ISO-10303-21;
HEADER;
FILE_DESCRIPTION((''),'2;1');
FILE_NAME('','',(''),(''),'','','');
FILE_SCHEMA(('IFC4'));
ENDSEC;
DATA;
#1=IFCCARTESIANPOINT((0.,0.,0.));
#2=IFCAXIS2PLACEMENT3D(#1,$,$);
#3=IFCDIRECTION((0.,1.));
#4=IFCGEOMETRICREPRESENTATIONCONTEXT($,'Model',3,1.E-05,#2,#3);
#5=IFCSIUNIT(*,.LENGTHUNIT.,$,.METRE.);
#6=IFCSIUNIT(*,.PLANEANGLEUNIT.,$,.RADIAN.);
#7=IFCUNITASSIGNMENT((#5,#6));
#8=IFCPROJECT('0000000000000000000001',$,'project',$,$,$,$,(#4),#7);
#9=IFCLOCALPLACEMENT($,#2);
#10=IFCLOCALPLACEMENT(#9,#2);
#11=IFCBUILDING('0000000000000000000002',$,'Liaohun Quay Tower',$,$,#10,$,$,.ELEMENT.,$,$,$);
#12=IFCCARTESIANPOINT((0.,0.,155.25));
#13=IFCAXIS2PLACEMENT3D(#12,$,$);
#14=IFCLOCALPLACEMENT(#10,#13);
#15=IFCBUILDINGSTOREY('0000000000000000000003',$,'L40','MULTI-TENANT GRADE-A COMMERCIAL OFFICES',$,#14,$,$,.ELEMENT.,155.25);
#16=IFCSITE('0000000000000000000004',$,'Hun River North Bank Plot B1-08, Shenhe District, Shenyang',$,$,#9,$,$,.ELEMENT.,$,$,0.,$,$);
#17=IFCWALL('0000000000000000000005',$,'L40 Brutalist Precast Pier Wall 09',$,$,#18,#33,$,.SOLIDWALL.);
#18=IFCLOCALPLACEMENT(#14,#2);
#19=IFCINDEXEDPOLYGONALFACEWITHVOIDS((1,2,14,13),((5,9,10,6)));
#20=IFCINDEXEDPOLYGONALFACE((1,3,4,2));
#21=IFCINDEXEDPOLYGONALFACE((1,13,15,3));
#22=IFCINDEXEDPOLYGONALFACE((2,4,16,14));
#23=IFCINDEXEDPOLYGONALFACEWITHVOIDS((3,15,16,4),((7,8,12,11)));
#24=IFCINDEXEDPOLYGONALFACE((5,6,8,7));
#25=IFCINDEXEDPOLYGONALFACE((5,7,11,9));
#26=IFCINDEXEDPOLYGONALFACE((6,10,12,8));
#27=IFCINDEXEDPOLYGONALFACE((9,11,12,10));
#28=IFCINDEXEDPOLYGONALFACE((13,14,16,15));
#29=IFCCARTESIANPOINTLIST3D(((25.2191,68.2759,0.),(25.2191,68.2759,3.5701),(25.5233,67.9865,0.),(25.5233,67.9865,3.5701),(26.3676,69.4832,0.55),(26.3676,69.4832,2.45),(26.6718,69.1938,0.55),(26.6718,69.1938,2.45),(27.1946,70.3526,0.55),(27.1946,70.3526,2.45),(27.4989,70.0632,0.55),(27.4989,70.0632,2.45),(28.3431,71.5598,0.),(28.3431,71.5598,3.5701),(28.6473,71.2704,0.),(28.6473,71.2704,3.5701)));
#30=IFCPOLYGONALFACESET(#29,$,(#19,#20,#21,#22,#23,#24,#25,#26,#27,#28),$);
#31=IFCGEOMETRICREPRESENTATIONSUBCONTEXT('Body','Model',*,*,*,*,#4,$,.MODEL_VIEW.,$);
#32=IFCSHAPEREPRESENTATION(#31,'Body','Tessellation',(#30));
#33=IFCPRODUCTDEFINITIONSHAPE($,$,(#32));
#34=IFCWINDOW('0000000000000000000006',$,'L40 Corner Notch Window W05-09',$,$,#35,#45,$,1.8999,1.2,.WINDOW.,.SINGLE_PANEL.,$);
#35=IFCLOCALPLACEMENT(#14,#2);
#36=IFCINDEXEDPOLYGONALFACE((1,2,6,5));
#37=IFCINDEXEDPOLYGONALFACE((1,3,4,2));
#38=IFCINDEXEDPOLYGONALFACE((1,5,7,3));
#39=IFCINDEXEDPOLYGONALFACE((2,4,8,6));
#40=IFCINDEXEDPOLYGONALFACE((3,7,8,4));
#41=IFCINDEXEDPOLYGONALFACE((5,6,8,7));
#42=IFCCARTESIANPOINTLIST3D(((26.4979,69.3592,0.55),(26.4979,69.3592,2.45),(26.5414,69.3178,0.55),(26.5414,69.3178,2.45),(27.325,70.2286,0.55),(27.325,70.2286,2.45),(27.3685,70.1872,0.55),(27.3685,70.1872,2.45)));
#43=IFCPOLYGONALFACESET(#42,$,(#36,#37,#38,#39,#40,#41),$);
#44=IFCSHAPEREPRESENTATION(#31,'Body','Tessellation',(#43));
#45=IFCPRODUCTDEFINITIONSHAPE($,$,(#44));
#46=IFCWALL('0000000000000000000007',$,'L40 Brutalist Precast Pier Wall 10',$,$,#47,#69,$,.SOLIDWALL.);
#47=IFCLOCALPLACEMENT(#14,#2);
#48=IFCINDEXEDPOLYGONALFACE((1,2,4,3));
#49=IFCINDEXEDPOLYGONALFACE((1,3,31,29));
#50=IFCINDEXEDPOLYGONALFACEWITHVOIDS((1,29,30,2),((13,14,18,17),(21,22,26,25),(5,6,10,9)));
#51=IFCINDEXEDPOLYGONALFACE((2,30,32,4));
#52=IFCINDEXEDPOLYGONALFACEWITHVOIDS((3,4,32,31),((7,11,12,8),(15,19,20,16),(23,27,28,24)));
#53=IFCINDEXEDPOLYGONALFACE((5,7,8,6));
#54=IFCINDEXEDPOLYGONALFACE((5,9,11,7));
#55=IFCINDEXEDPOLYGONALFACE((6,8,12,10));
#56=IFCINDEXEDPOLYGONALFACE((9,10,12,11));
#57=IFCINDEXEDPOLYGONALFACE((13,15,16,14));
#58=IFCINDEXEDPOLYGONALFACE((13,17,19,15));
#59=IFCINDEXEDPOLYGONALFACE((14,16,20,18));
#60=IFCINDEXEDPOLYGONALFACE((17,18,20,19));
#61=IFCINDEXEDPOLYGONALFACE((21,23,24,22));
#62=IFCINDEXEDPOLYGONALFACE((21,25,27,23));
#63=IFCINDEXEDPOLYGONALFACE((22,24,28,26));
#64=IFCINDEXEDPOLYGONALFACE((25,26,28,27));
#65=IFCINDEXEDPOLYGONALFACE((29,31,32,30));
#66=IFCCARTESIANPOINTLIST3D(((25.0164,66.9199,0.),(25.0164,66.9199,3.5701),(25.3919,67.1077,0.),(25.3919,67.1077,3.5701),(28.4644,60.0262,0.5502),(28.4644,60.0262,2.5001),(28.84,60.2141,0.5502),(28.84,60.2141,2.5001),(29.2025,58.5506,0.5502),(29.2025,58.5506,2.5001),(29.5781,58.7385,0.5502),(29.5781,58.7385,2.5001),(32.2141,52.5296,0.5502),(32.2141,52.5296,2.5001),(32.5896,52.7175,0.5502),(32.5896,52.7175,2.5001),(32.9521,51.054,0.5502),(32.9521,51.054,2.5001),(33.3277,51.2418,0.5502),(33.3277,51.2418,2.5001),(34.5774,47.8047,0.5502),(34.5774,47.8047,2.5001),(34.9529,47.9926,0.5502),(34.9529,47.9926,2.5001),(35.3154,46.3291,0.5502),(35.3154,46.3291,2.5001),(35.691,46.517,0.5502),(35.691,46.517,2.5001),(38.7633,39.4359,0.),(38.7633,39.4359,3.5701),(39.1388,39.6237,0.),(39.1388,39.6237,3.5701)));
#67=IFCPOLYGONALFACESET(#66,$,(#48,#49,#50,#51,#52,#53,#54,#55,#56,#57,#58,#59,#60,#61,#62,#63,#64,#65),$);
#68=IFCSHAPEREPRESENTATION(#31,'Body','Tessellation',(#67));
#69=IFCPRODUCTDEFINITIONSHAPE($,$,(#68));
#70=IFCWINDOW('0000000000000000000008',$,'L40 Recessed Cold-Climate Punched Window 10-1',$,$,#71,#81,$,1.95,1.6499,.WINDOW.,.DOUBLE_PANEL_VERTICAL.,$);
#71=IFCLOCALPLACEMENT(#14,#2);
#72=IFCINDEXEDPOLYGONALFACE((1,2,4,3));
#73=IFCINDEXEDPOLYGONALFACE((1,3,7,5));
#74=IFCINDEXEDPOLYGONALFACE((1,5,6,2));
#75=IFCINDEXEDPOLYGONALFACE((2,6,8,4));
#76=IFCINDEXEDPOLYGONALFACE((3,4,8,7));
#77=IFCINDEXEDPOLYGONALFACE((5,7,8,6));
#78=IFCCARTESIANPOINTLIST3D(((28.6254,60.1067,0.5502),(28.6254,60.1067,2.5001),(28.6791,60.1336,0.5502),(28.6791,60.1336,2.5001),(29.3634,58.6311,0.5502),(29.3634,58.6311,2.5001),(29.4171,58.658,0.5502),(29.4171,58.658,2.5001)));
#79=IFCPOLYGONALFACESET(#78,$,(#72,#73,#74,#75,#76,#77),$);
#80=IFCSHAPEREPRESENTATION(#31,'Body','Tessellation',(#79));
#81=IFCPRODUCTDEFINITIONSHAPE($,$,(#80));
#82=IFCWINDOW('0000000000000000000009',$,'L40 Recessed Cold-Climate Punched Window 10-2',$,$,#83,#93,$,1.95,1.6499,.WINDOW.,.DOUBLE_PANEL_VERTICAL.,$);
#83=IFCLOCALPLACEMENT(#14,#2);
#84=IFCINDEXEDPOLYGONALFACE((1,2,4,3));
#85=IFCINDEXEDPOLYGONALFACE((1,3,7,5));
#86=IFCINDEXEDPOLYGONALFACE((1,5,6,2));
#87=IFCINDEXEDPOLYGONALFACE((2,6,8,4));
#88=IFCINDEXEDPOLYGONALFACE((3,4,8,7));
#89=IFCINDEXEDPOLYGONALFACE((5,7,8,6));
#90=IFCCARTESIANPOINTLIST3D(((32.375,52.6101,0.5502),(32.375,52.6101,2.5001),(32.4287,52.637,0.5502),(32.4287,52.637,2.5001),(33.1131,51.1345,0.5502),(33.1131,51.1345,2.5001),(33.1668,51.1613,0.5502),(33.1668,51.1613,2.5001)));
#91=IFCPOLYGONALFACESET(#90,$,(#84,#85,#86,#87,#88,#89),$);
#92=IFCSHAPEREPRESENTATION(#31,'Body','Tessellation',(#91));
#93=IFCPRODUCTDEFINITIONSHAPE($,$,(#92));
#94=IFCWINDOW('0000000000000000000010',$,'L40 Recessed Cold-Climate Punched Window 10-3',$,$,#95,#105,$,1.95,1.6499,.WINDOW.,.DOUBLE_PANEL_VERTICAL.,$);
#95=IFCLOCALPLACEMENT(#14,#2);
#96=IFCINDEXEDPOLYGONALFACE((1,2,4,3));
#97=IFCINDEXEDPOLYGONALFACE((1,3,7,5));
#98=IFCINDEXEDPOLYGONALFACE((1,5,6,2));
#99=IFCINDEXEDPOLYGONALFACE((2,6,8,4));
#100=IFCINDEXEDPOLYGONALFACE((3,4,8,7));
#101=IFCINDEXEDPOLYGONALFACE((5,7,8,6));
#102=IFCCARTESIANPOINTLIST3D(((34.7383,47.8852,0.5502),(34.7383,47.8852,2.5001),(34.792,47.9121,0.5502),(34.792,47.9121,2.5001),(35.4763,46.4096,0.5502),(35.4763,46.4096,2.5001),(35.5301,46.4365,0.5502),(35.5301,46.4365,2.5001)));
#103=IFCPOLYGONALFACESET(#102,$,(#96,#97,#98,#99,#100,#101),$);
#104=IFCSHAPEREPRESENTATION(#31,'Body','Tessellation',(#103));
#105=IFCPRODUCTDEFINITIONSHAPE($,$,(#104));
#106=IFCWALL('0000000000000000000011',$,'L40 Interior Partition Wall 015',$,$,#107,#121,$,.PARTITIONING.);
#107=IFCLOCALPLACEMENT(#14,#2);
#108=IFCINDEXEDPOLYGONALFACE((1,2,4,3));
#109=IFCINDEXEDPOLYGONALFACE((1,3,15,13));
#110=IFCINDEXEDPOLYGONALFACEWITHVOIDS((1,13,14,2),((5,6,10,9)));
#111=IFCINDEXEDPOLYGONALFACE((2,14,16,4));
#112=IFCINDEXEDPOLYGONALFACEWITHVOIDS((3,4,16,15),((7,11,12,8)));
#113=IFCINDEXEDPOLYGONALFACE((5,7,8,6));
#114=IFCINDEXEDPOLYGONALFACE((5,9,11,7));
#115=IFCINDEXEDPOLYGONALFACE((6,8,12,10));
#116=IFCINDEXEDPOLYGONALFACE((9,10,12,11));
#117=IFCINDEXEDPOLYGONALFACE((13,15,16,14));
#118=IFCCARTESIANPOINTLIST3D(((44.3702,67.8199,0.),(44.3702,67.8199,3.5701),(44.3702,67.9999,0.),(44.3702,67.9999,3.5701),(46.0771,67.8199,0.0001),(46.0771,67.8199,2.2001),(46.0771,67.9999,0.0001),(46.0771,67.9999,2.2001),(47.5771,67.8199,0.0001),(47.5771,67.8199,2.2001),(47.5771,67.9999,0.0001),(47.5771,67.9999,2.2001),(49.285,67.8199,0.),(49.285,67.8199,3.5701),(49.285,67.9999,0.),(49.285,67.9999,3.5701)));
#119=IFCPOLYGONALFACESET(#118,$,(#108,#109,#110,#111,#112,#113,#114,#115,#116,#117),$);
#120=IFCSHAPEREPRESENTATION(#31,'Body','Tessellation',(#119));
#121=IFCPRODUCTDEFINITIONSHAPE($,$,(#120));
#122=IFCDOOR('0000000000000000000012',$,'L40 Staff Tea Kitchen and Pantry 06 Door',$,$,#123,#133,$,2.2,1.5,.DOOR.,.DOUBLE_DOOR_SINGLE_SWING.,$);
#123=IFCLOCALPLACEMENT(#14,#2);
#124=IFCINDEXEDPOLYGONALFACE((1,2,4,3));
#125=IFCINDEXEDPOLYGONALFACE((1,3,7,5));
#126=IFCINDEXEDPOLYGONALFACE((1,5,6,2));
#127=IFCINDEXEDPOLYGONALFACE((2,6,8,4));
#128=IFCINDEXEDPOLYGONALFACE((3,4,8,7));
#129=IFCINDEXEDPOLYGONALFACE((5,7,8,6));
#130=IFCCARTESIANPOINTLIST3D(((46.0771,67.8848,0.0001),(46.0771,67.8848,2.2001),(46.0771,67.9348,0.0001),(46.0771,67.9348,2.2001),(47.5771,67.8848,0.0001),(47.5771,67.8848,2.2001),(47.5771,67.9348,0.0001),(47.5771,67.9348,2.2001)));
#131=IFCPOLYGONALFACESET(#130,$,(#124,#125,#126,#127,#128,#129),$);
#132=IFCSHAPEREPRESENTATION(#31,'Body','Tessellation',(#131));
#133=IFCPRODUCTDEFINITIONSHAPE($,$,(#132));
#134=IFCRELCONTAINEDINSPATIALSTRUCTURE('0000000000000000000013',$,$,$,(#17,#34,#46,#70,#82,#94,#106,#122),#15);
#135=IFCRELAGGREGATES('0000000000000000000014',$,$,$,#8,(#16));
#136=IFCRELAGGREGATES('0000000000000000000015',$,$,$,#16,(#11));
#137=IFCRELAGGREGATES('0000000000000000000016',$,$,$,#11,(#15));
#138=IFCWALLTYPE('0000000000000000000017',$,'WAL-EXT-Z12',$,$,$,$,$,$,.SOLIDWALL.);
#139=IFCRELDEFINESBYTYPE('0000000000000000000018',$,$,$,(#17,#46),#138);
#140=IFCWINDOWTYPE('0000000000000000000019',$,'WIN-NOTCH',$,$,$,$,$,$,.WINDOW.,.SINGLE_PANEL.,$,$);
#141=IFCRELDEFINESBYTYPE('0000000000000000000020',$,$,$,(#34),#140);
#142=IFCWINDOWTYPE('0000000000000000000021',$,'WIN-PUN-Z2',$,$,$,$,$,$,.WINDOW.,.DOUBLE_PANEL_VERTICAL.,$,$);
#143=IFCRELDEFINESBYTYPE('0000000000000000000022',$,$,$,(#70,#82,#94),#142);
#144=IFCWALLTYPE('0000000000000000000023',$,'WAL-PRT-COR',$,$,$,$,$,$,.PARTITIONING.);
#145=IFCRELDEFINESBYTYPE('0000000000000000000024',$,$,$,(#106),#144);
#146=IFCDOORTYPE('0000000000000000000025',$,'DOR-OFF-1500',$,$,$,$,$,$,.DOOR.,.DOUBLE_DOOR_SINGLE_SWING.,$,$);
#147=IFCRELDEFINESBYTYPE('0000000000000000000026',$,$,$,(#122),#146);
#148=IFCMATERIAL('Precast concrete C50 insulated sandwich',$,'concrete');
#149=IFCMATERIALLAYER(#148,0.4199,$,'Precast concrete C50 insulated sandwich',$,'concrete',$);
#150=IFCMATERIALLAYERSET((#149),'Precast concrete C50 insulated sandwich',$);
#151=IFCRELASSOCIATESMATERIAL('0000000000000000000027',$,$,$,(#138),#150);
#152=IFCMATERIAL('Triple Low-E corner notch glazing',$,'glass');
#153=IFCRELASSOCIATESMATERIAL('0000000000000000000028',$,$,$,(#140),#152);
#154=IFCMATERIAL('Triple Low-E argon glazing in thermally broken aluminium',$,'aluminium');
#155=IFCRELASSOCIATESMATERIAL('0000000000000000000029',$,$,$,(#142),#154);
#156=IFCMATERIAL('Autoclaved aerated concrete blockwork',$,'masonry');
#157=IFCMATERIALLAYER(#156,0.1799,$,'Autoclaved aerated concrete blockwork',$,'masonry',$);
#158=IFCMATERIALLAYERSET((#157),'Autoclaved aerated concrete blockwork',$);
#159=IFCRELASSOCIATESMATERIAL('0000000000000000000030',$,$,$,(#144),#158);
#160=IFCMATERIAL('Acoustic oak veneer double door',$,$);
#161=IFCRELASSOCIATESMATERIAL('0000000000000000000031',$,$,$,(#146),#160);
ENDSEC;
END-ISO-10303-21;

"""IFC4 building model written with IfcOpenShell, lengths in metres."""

from ifc_helpers import new_model, si_unit, direction, frame, frame_2d, origin, place, context, subcontext, project, spatial, rectangle, extrude, source, transform, mapped, material, layer, layer_set, type_object, element, fill, save


model = new_model("IFC4")

# Units and contexts
model_context = context("Model", 3, precision=1e-05, world=origin(), true_north=direction((0.0, 1.0)))
body_context = subcontext(model_context, "Body", "Model", "MODEL_VIEW")
ifc_project = project(units=[si_unit("LENGTHUNIT", "METRE"), si_unit("PLANEANGLEUNIT", "RADIAN")], contexts=[model_context])

# Site, building, storey
site_placement = place(None, origin())
site = spatial("IfcSite", under=ifc_project, at=site_placement, Name="Hun River North Bank Plot B1-08, Shenhe District, Shenyang", CompositionType="ELEMENT", RefElevation=0.0)
building_placement = place(site_placement, origin())
building = spatial("IfcBuilding", under=site, at=building_placement, Name="Liaohun Quay Tower", CompositionType="ELEMENT")
storey_placement = place(building_placement, frame((0.0, 0.0, 155.25)))
storey = spatial("IfcBuildingStorey", under=building, at=storey_placement, Name="L40", Description="MULTI-TENANT GRADE-A COMMERCIAL OFFICES", CompositionType="ELEMENT", Elevation=155.25)

# Wall, opening, window
ifc_material_1 = material(Name="Precast concrete C50 insulated sandwich", Category="concrete")
ifc_layer_1 = layer(ifc_material_1, 0.4199, Name="Precast concrete C50 insulated sandwich", Category="concrete")
ifc_layer_set_1 = layer_set([ifc_layer_1], Name="Precast concrete C50 insulated sandwich")
wall_type_1 = type_object("IfcWallType", Name="WAL-EXT-Z12", PredefinedType="SOLIDWALL", material=ifc_layer_set_1)
shared_shape_1 = source(origin(), body_context, "Body", "SweptSolid", [
    extrude(rectangle(XDim=1.2, YDim=1.8999, at=frame_2d((0.6001, 0.95))), frame((0.0, 0.22, 0.0), z_axis=(0.0, -1.0, 0.0), x_axis=(1.0, 0.0, 0.0)), (0.0, 0.0, 1.0), 0.4399),
])
ifc_material_2 = material(Name="Triple Low-E corner notch glazing", Category="glass")
window_type_1 = type_object("IfcWindowType", Name="WIN-NOTCH", PartitioningType="SINGLE_PANEL", PredefinedType="WINDOW", material=ifc_material_2)
shared_shape_2 = source(origin(), body_context, "Body", "SweptSolid", [
    extrude(rectangle(XDim=1.2, YDim=1.8999, at=frame_2d((0.6001, 0.95))), frame((0.0, 0.03, 0.0), z_axis=(0.0, -1.0, 0.0), x_axis=(1.0, 0.0, 0.0)), (0.0, 0.0, 1.0), 0.0601),
])
wall_1_placement = place(storey_placement, frame((28.4951, 71.415, 0.0), z_axis=(0.0, 0.0, 1.0), x_axis=(-0.689246, -0.724527, 0.0)))
wall_1 = element("IfcWall", 1, at=wall_1_placement, inside=storey, type_object=wall_type_1, Name="L40 Brutalist Precast Pier Wall 09", PredefinedType="SOLIDWALL", context=body_context, shape_type="SweptSolid", body=[
    extrude(rectangle(XDim=4.5325, YDim=0.4199, at=frame_2d((2.2661, 0.0))), origin(), (0.0, 0.0, 1.0), 3.5701),
])
opening_1_placement = place(wall_1_placement, frame((1.666, 0.0, 0.55)))
opening_1 = element("IfcOpeningElement", 2, at=opening_1_placement, cuts=wall_1, PredefinedType="OPENING", context=body_context, shape_type="MappedRepresentation", body=[
    mapped(shared_shape_1, transform((0.0, 0.0, 0.0), x_axis=(1.0, 0.0, 0.0), y_axis=(0.0, 1.0, 0.0), z_axis=(0.0, 0.0, 1.0), scale=1.0)),
])
window_1_placement = place(opening_1_placement, origin())
window_1 = element("IfcWindow", 3, at=window_1_placement, inside=storey, type_object=window_type_1, Name="L40 Corner Notch Window W05-09", OverallHeight=1.8999, OverallWidth=1.2, PartitioningType="SINGLE_PANEL", PredefinedType="WINDOW", context=body_context, shape_type="MappedRepresentation", body=[
    mapped(shared_shape_2, transform((0.0, 0.0, 0.0), x_axis=(1.0, 0.0, 0.0), y_axis=(0.0, 1.0, 0.0), z_axis=(0.0, 0.0, 1.0), scale=1.0)),
])
fill(opening_1, window_1)

# Wall, openings, windows
wall_2_placement = place(storey_placement, frame((25.2041, 67.0139, 0.0), z_axis=(0.0, 0.0, 1.0), x_axis=(0.447341, -0.894364, 0.0)))
wall_2 = element("IfcWall", 4, at=wall_2_placement, inside=storey, type_object=wall_type_1, Name="L40 Brutalist Precast Pier Wall 10", PredefinedType="SOLIDWALL", context=body_context, shape_type="SweptSolid", body=[
    extrude(rectangle(XDim=30.7302, YDim=0.4199, at=frame_2d((15.3652, 0.0))), origin(), (0.0, 0.0, 1.0), 3.5701),
])
shared_shape_3 = source(origin(), body_context, "Body", "SweptSolid", [
    extrude(rectangle(XDim=1.6499, YDim=1.95, at=frame_2d((0.825, 0.9751))), frame((0.0, 0.22, 0.0), z_axis=(0.0, -1.0, 0.0), x_axis=(1.0, 0.0, 0.0)), (0.0, 0.0, 1.0), 0.4399),
])
opening_2_placement = place(wall_2_placement, frame((7.708, 0.0, 0.55)))
opening_2 = element("IfcOpeningElement", 5, at=opening_2_placement, cuts=wall_2, PredefinedType="OPENING", context=body_context, shape_type="MappedRepresentation", body=[
    mapped(shared_shape_3, transform((0.0, 0.0, 0.0), x_axis=(1.0, 0.0, 0.0), y_axis=(0.0, 1.0, 0.0), z_axis=(0.0, 0.0, 1.0), scale=1.0)),
])
opening_3_placement = place(wall_2_placement, frame((16.0901, 0.0, 0.55)))
opening_3 = element("IfcOpeningElement", 6, at=opening_3_placement, cuts=wall_2, PredefinedType="OPENING", context=body_context, shape_type="MappedRepresentation", body=[
    mapped(shared_shape_3, transform((0.0, 0.0, 0.0), x_axis=(1.0, 0.0, 0.0), y_axis=(0.0, 1.0, 0.0), z_axis=(0.0, 0.0, 1.0), scale=1.0)),
])
opening_4_placement = place(wall_2_placement, frame((21.373, 0.0, 0.55)))
opening_4 = element("IfcOpeningElement", 7, at=opening_4_placement, cuts=wall_2, PredefinedType="OPENING", context=body_context, shape_type="MappedRepresentation", body=[
    mapped(shared_shape_3, transform((0.0, 0.0, 0.0), x_axis=(1.0, 0.0, 0.0), y_axis=(0.0, 1.0, 0.0), z_axis=(0.0, 0.0, 1.0), scale=1.0)),
])
ifc_material_3 = material(Name="Triple Low-E argon glazing in thermally broken aluminium", Category="aluminium")
window_type_2 = type_object("IfcWindowType", Name="WIN-PUN-Z2", PartitioningType="DOUBLE_PANEL_VERTICAL", PredefinedType="WINDOW", material=ifc_material_3)
shared_shape_4 = source(origin(), body_context, "Body", "SweptSolid", [
    extrude(rectangle(XDim=1.6499, YDim=1.95, at=frame_2d((0.825, 0.9751))), frame((0.0, 0.03, 0.0), z_axis=(0.0, -1.0, 0.0), x_axis=(1.0, 0.0, 0.0)), (0.0, 0.0, 1.0), 0.0601),
])
window_2_placement = place(opening_2_placement, origin())
window_2 = element("IfcWindow", 8, at=window_2_placement, inside=storey, type_object=window_type_2, Name="L40 Recessed Cold-Climate Punched Window 10-1", OverallHeight=1.95, OverallWidth=1.6499, PartitioningType="DOUBLE_PANEL_VERTICAL", PredefinedType="WINDOW", context=body_context, shape_type="MappedRepresentation", body=[
    mapped(shared_shape_4, transform((0.0, 0.0, 0.0), x_axis=(1.0, 0.0, 0.0), y_axis=(0.0, 1.0, 0.0), z_axis=(0.0, 0.0, 1.0), scale=1.0)),
])
fill(opening_2, window_2)
window_3_placement = place(opening_3_placement, origin())
window_3 = element("IfcWindow", 9, at=window_3_placement, inside=storey, type_object=window_type_2, Name="L40 Recessed Cold-Climate Punched Window 10-2", OverallHeight=1.95, OverallWidth=1.6499, PartitioningType="DOUBLE_PANEL_VERTICAL", PredefinedType="WINDOW", context=body_context, shape_type="MappedRepresentation", body=[
    mapped(shared_shape_4, transform((0.0, 0.0, 0.0), x_axis=(1.0, 0.0, 0.0), y_axis=(0.0, 1.0, 0.0), z_axis=(0.0, 0.0, 1.0), scale=1.0)),
])
fill(opening_3, window_3)
window_4_placement = place(opening_4_placement, origin())
window_4 = element("IfcWindow", 10, at=window_4_placement, inside=storey, type_object=window_type_2, Name="L40 Recessed Cold-Climate Punched Window 10-3", OverallHeight=1.95, OverallWidth=1.6499, PartitioningType="DOUBLE_PANEL_VERTICAL", PredefinedType="WINDOW", context=body_context, shape_type="MappedRepresentation", body=[
    mapped(shared_shape_4, transform((0.0, 0.0, 0.0), x_axis=(1.0, 0.0, 0.0), y_axis=(0.0, 1.0, 0.0), z_axis=(0.0, 0.0, 1.0), scale=1.0)),
])
fill(opening_4, window_4)

# Wall, opening, door
ifc_material_4 = material(Name="Autoclaved aerated concrete blockwork", Category="masonry")
ifc_layer_2 = layer(ifc_material_4, 0.1799, Name="Autoclaved aerated concrete blockwork", Category="masonry")
ifc_layer_set_2 = layer_set([ifc_layer_2], Name="Autoclaved aerated concrete blockwork")
wall_type_2 = type_object("IfcWallType", Name="WAL-PRT-COR", PredefinedType="PARTITIONING", material=ifc_layer_set_2)
wall_3_placement = place(storey_placement, frame((44.3701, 67.9099, 0.0), z_axis=(0.0, 0.0, 1.0), x_axis=(1.0, 0.0, 0.0)))
wall_3 = element("IfcWall", 11, at=wall_3_placement, inside=storey, type_object=wall_type_2, Name="L40 Interior Partition Wall 015", PredefinedType="PARTITIONING", context=body_context, shape_type="SweptSolid", body=[
    extrude(rectangle(XDim=4.9148, YDim=0.1799, at=frame_2d((2.4575, 0.0))), origin(), (0.0, 0.0, 1.0), 3.5701),
])
shared_shape_5 = source(origin(), body_context, "Body", "SweptSolid", [
    extrude(rectangle(XDim=1.5, YDim=2.2, at=frame_2d((0.75, 1.1001))), frame((0.0, 0.0999, 0.0), z_axis=(0.0, -1.0, 0.0), x_axis=(1.0, 0.0, 0.0)), (0.0, 0.0, 1.0), 0.2),
])
opening_5_placement = place(wall_3_placement, frame((1.707, 0.0, 0.0)))
opening_5 = element("IfcOpeningElement", 12, at=opening_5_placement, cuts=wall_3, PredefinedType="OPENING", context=body_context, shape_type="MappedRepresentation", body=[
    mapped(shared_shape_5, transform((0.0, 0.0, 0.0), x_axis=(1.0, 0.0, 0.0), y_axis=(0.0, 1.0, 0.0), z_axis=(0.0, 0.0, 1.0), scale=1.0)),
])
ifc_material_5 = material(Name="Acoustic oak veneer double door")
door_type_1 = type_object("IfcDoorType", Name="DOR-OFF-1500", OperationType="DOUBLE_DOOR_SINGLE_SWING", PredefinedType="DOOR", material=ifc_material_5)
shared_shape_6 = source(origin(), body_context, "Body", "SweptSolid", [
    extrude(rectangle(XDim=1.5, YDim=2.2, at=frame_2d((0.75, 1.1001))), frame((0.0, 0.0249, 0.0), z_axis=(0.0, -1.0, 0.0), x_axis=(1.0, 0.0, 0.0)), (0.0, 0.0, 1.0), 0.05),
])
door_1_placement = place(opening_5_placement, origin())
door_1 = element("IfcDoor", 13, at=door_1_placement, inside=storey, type_object=door_type_1, Name="L40 Staff Tea Kitchen and Pantry 06 Door", OperationType="DOUBLE_DOOR_SINGLE_SWING", OverallHeight=2.2, OverallWidth=1.5, PredefinedType="DOOR", context=body_context, shape_type="MappedRepresentation", body=[
    mapped(shared_shape_6, transform((0.0, 0.0, 0.0), x_axis=(1.0, 0.0, 0.0), y_axis=(0.0, 1.0, 0.0), z_axis=(0.0, 0.0, 1.0), scale=1.0)),
])
fill(opening_5, door_1)

save(model, "model.ifc")
